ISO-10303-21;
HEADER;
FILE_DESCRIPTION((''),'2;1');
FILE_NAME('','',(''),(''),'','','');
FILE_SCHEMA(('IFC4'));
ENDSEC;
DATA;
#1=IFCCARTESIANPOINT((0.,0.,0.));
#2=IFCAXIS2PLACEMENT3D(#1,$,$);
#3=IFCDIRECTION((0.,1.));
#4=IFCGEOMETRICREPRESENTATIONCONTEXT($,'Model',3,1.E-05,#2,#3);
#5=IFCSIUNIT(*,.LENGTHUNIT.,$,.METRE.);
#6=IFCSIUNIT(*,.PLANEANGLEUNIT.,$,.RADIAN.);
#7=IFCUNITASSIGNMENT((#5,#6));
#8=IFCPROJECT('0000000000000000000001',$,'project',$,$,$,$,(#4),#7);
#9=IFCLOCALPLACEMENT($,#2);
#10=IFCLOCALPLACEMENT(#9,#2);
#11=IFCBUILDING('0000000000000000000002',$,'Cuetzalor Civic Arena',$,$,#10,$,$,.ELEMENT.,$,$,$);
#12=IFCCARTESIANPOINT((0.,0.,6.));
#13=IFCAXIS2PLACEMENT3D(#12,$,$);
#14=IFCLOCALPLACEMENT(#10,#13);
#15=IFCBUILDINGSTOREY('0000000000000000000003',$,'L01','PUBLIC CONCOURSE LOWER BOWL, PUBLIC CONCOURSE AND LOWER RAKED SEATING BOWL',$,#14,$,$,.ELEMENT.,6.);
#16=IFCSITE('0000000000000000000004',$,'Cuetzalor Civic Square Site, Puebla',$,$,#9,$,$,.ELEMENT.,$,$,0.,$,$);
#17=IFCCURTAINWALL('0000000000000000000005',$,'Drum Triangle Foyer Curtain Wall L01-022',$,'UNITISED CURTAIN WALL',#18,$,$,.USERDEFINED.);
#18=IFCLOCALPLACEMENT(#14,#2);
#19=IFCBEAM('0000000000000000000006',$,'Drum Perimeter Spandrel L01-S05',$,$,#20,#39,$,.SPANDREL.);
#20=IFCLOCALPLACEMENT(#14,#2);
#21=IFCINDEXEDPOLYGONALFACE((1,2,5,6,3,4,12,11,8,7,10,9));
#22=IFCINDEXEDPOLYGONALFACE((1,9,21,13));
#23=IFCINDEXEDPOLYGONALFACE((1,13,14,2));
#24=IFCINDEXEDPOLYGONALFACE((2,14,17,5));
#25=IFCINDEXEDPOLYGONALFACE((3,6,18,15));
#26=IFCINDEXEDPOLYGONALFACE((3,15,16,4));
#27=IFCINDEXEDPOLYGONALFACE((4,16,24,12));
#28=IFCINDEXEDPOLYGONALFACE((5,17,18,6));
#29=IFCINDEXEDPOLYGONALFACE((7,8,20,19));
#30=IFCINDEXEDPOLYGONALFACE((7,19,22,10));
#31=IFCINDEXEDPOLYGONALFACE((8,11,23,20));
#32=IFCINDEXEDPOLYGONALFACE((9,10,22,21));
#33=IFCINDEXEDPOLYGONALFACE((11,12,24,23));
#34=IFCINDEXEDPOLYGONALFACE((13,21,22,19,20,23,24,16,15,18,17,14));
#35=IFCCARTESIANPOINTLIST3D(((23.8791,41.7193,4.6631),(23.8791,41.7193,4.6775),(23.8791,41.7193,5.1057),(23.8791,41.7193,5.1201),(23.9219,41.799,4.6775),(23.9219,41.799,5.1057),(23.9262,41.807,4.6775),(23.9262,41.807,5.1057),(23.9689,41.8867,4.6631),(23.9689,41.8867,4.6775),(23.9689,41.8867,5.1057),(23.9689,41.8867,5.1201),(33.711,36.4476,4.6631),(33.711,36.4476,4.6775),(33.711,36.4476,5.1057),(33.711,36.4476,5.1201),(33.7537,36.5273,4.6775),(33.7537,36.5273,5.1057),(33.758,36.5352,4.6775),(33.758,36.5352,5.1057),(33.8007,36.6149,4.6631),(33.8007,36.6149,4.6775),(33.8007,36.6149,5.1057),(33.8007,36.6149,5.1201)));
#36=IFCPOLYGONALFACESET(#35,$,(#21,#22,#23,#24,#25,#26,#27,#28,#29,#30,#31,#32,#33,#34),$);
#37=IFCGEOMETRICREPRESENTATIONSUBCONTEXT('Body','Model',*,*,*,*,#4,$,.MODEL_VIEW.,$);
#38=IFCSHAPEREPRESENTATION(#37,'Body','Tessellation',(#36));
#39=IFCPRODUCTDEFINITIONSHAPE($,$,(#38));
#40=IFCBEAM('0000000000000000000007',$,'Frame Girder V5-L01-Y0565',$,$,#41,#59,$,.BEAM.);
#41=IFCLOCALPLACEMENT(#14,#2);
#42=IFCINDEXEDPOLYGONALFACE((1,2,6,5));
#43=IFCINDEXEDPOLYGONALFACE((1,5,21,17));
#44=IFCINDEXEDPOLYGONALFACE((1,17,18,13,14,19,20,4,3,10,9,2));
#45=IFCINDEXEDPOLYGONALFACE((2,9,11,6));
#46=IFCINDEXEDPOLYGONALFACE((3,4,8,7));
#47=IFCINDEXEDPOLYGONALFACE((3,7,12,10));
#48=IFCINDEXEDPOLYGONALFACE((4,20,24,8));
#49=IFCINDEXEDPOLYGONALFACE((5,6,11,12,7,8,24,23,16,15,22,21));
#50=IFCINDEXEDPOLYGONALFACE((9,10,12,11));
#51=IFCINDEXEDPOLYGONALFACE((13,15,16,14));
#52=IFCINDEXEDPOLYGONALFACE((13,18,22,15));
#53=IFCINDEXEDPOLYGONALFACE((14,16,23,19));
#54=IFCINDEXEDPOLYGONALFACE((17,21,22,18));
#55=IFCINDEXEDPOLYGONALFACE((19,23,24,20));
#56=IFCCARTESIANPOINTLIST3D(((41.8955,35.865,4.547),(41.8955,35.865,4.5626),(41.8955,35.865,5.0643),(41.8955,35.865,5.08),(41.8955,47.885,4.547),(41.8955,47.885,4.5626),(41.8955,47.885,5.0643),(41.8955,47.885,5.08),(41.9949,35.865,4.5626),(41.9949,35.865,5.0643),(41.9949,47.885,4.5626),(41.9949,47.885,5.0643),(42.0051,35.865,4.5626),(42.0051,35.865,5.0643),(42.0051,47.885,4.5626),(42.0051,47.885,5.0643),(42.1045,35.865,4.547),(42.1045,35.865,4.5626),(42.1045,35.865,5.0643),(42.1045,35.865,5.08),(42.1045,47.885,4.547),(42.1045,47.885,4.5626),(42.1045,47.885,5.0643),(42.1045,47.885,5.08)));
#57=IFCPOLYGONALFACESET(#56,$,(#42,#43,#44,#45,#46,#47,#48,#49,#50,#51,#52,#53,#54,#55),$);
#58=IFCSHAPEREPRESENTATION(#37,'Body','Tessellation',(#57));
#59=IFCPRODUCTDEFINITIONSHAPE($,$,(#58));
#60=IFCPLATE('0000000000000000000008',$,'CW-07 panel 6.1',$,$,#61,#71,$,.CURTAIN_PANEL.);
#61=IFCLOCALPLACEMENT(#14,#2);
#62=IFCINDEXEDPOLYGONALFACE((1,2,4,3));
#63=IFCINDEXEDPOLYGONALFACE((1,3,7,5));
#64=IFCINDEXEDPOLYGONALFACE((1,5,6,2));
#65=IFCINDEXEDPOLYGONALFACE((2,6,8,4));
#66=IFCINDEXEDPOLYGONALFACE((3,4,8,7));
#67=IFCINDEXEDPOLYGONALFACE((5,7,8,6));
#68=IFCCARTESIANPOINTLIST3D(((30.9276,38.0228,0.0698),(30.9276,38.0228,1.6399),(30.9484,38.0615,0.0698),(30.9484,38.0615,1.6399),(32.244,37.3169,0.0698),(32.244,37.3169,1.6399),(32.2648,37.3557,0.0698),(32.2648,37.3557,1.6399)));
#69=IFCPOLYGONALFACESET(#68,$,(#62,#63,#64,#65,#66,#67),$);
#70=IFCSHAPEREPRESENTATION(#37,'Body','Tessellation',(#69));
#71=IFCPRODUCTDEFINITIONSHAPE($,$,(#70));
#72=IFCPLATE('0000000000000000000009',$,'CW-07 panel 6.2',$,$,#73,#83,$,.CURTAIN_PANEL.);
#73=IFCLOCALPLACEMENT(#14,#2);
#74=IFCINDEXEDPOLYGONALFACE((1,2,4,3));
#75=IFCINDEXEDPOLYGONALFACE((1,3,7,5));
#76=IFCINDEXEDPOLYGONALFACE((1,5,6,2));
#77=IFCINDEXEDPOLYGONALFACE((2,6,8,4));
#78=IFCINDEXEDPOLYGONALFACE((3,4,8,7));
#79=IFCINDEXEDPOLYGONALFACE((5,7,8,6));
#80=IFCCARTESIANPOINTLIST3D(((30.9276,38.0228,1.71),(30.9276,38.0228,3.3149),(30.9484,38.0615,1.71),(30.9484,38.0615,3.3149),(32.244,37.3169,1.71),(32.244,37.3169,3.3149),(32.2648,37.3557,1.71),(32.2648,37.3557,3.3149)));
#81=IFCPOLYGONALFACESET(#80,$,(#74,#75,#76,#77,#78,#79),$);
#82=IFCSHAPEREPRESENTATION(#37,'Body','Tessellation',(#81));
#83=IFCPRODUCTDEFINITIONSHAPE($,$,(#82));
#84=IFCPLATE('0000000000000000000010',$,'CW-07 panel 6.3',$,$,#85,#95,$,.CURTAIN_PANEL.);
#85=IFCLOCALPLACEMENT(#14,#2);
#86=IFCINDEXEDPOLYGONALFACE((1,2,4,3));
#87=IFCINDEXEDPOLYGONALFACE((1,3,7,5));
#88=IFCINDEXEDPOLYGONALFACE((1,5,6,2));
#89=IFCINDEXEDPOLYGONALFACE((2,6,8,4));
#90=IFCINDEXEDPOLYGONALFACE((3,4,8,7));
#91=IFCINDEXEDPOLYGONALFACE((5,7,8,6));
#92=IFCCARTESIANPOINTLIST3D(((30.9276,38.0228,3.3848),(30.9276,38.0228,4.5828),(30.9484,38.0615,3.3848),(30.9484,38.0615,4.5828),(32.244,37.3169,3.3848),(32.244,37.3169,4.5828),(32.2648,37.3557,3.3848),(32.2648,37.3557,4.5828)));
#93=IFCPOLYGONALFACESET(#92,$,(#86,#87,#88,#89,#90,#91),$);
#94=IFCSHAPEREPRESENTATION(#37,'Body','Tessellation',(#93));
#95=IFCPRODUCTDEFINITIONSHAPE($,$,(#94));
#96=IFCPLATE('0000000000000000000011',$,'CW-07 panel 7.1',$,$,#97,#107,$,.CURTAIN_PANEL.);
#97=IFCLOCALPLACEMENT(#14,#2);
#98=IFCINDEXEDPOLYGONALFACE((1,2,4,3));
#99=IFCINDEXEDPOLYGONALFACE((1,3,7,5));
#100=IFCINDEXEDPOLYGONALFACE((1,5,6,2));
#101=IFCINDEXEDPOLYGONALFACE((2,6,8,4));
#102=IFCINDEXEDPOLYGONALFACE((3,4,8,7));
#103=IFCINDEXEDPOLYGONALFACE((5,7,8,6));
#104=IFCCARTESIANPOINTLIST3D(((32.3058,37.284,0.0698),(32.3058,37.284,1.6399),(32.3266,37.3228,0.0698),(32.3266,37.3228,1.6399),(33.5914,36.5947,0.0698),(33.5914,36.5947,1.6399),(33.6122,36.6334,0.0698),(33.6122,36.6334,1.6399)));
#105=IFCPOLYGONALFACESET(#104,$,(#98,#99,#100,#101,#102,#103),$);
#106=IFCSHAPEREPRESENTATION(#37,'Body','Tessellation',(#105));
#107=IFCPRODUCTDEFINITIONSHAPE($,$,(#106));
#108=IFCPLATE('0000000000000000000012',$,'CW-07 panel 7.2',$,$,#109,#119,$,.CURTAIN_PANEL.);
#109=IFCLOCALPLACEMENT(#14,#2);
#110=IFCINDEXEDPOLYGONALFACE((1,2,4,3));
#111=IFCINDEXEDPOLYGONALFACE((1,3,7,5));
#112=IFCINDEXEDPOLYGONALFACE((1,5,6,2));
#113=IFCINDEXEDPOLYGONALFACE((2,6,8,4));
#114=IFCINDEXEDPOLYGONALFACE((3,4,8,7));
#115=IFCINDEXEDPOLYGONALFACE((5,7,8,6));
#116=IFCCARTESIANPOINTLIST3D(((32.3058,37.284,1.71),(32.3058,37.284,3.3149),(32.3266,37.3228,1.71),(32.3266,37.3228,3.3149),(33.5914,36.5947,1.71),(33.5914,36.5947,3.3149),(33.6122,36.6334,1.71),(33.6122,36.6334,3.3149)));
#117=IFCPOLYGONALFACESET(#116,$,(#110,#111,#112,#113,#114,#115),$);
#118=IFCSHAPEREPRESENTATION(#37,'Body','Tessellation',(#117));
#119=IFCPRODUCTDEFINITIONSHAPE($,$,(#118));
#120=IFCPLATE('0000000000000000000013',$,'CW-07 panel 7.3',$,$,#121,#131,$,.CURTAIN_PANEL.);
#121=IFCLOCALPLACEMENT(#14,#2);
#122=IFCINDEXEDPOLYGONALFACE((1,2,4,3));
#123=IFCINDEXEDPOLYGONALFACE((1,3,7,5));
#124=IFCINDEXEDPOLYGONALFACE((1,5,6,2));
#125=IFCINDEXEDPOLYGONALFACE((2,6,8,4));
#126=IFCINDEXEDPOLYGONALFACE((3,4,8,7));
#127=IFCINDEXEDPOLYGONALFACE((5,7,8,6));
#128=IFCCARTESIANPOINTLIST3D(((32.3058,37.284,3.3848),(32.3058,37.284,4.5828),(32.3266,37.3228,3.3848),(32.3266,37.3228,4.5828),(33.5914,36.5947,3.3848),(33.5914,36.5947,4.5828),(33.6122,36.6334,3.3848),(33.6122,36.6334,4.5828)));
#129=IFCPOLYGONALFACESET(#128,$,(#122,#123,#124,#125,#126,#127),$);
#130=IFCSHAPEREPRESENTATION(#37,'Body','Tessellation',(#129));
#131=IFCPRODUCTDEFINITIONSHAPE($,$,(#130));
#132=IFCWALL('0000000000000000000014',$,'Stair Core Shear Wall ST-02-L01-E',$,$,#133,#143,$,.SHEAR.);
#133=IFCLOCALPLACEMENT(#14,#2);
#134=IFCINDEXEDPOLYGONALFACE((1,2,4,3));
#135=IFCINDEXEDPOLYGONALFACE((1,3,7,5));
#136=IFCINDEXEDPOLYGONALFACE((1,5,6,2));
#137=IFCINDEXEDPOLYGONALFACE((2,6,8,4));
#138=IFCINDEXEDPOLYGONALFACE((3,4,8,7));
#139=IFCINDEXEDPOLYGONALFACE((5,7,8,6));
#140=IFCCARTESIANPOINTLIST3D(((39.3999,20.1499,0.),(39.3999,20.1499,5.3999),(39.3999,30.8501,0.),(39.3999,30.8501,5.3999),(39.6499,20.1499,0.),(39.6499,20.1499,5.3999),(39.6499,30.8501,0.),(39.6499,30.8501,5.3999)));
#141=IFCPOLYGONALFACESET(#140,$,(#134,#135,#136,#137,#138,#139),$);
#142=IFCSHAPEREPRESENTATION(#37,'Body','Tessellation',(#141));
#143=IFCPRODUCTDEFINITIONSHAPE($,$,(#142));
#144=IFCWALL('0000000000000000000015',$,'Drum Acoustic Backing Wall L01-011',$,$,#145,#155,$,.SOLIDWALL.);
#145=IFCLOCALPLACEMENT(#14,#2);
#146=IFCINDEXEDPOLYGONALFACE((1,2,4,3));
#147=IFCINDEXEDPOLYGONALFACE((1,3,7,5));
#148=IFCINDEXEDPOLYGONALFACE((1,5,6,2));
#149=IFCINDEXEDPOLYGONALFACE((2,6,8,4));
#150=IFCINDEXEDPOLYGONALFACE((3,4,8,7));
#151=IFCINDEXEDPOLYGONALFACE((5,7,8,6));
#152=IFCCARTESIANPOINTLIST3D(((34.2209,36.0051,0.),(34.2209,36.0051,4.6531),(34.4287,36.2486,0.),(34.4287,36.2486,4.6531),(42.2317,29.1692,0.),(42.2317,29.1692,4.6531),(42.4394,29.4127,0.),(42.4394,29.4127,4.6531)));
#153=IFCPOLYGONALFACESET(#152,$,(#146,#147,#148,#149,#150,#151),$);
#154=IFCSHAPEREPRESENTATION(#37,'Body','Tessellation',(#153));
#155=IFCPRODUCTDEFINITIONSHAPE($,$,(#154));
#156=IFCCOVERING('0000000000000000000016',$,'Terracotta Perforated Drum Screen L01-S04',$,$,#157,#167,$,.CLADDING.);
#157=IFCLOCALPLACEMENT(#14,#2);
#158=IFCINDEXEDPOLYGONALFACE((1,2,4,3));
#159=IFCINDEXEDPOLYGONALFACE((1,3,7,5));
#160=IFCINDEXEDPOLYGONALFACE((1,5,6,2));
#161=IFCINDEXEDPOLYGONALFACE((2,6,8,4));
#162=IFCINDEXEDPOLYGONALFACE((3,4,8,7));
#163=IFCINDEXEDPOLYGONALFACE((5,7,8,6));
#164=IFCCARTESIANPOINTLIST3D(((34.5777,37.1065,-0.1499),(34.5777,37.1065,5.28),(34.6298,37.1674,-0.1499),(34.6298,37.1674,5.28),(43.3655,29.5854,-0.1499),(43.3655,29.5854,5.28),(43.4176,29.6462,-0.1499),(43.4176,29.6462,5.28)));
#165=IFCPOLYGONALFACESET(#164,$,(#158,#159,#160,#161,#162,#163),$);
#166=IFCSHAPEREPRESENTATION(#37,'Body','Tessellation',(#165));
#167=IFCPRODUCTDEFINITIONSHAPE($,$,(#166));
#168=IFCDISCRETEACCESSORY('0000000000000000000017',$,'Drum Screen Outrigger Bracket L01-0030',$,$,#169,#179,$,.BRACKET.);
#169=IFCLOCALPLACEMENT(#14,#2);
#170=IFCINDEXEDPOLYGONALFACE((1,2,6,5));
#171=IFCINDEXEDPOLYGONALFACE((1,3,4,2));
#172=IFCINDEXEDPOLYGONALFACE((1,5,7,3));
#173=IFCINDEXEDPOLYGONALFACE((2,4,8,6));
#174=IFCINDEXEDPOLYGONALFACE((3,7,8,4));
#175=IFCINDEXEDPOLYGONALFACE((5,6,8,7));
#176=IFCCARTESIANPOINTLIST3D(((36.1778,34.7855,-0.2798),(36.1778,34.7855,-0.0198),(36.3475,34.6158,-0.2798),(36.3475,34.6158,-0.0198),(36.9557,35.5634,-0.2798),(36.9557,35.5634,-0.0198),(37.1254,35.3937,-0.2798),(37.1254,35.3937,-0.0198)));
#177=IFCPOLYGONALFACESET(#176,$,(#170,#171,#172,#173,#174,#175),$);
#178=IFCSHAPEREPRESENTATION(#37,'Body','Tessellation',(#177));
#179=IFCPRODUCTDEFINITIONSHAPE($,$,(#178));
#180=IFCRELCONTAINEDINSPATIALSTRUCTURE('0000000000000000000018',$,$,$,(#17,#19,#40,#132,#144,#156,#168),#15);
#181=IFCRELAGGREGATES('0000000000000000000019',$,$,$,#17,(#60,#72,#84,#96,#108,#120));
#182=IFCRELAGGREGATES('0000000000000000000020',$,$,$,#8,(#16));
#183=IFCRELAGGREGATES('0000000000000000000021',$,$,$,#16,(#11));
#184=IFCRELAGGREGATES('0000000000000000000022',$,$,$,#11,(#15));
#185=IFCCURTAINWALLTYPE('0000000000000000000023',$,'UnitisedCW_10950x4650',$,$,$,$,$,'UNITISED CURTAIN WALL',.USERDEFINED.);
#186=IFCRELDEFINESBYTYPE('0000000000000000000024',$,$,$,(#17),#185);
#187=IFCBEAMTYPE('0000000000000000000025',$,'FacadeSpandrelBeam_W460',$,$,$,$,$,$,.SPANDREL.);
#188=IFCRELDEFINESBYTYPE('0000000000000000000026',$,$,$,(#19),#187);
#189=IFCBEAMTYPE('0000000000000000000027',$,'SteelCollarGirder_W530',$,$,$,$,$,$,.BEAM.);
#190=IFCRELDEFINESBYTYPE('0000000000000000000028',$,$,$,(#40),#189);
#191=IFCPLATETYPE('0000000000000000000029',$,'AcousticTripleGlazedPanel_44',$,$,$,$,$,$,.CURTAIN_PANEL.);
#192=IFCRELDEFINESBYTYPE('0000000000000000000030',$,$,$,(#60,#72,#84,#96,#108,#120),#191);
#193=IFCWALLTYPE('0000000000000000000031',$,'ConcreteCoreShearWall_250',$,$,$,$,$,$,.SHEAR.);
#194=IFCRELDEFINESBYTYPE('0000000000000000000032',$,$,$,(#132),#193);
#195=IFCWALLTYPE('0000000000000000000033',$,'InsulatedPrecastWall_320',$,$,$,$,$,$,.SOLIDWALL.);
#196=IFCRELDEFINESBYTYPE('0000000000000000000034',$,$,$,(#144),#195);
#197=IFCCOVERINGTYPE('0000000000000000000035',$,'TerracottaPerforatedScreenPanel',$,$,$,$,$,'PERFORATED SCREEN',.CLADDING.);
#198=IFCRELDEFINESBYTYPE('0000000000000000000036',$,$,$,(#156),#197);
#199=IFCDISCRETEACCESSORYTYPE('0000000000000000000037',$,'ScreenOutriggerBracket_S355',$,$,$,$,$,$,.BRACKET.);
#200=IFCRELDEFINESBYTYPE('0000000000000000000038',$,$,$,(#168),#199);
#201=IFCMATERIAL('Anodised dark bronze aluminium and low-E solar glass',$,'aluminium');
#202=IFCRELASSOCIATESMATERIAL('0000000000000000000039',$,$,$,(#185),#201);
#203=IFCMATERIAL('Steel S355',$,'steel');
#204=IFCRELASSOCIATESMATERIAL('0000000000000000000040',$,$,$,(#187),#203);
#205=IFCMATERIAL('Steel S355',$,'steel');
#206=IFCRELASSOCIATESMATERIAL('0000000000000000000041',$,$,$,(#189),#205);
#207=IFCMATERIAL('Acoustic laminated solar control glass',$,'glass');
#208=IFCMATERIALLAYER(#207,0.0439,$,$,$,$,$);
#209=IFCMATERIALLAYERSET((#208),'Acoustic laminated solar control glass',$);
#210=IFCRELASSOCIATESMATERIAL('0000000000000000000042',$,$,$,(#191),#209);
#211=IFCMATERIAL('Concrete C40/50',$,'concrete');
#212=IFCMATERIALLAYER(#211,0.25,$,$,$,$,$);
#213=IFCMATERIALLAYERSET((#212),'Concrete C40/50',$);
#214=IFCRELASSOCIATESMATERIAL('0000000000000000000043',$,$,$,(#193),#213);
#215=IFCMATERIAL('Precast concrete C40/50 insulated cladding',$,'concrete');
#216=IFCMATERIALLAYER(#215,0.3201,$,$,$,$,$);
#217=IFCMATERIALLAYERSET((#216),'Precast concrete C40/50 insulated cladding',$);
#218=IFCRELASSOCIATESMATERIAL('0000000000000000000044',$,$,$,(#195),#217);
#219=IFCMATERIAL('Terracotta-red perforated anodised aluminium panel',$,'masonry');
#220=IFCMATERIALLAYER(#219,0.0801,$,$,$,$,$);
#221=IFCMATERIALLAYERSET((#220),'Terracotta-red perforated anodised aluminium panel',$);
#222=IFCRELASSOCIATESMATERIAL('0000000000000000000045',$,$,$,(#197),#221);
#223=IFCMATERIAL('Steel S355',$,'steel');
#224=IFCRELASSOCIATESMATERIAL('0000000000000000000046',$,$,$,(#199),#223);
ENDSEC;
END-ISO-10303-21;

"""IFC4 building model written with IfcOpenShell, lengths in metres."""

from ifc_helpers import new_model, si_unit, direction, frame, frame_2d, origin, origin_2d, place, context, subcontext, project, spatial, rectangle, i_section, extrude, material, layer, layer_set, material_profile, profile_set, type_object, element, aggregate, save


model = new_model("IFC4")

# Units and contexts
model_context = context("Model", 3, precision=1e-05, world=origin(), true_north=direction((0.0, 1.0)))
body_context = subcontext(model_context, "Body", "Model", "MODEL_VIEW")
ifc_project = project(units=[si_unit("LENGTHUNIT", "METRE"), si_unit("PLANEANGLEUNIT", "RADIAN")], contexts=[model_context])

# Site, building, storey
site_placement = place(None, origin())
site = spatial("IfcSite", under=ifc_project, at=site_placement, Name="Cuetzalor Civic Square Site, Puebla", CompositionType="ELEMENT", RefElevation=0.0)
building_placement = place(site_placement, origin())
building = spatial("IfcBuilding", under=site, at=building_placement, Name="Cuetzalor Civic Arena", CompositionType="ELEMENT")
storey_placement = place(building_placement, frame((0.0, 0.0, 6.0)))
storey = spatial("IfcBuildingStorey", under=building, at=storey_placement, Name="L01", Description="PUBLIC CONCOURSE LOWER BOWL, PUBLIC CONCOURSE AND LOWER RAKED SEATING BOWL", CompositionType="ELEMENT", Elevation=6.0)

# Curtain wall
ifc_material_1 = material(Name="Anodised dark bronze aluminium and low-E solar glass", Category="aluminium")
curtain_wall_type = type_object("IfcCurtainWallType", Name="UnitisedCW_10950x4650", ElementType="UNITISED CURTAIN WALL", PredefinedType="USERDEFINED", material=ifc_material_1)
curtain_wall_placement = place(storey_placement, origin())
curtain_wall = element("IfcCurtainWall", 1, at=curtain_wall_placement, inside=storey, type_object=curtain_wall_type, Name="Drum Triangle Foyer Curtain Wall L01-022", ObjectType="UNITISED CURTAIN WALL", PredefinedType="USERDEFINED")

# Beams
ifc_material_2 = material(Name="Steel S355", Category="steel")
ifc_material_profile_1 = material_profile(ifc_material_2, i_section(OverallWidth=0.1899, OverallDepth=0.457, WebThickness=0.009, FlangeThickness=0.0144, at=origin_2d()), Name="W460x74")
ifc_profile_set_1 = profile_set([ifc_material_profile_1], Name="Steel S355")
beam_type_1 = type_object("IfcBeamType", Name="FacadeSpandrelBeam_W460", PredefinedType="SPANDREL", material=ifc_profile_set_1)
beam_1_placement = place(storey_placement, frame((33.7559, 36.5312, 4.8916), z_axis=(-0.881305, 0.472549, 0.0), x_axis=(-0.472549, -0.881305, 0.0)))
element("IfcBeam", 2, at=beam_1_placement, inside=storey, type_object=beam_type_1, Name="Drum Perimeter Spandrel L01-S05", PredefinedType="SPANDREL", context=body_context, shape_type="SweptSolid", body=[
    extrude(i_section(OverallWidth=0.1899, OverallDepth=0.457, WebThickness=0.009, FlangeThickness=0.0144, at=origin_2d()), origin(), (0.0, 0.0, 1.0), 11.156),
])
ifc_material_3 = material(Name="Steel S355", Category="steel")
ifc_material_profile_2 = material_profile(ifc_material_3, i_section(OverallWidth=0.209, OverallDepth=0.533, WebThickness=0.0103, FlangeThickness=0.0156, at=origin_2d()), Name="W530x92")
ifc_profile_set_2 = profile_set([ifc_material_profile_2], Name="Steel S355")
beam_type_2 = type_object("IfcBeamType", Name="SteelCollarGirder_W530", PredefinedType="BEAM", material=ifc_profile_set_2)
beam_2_placement = place(storey_placement, frame((42.0, 35.865, 4.8135), z_axis=(0.0, 1.0, 0.0), x_axis=(-1.0, 0.0, 0.0)))
element("IfcBeam", 3, at=beam_2_placement, inside=storey, type_object=beam_type_2, Name="Frame Girder V5-L01-Y0565", PredefinedType="BEAM", context=body_context, shape_type="SweptSolid", body=[
    extrude(i_section(OverallWidth=0.209, OverallDepth=0.533, WebThickness=0.0103, FlangeThickness=0.0156, at=origin_2d()), origin(), (0.0, 0.0, 1.0), 12.02),
])

# Plates
ifc_material_4 = material(Name="Acoustic laminated solar control glass", Category="glass")
ifc_layer_1 = layer(ifc_material_4, 0.0439)
ifc_layer_set_1 = layer_set([ifc_layer_1], Name="Acoustic laminated solar control glass")
plate_type = type_object("IfcPlateType", Name="AcousticTripleGlazedPanel_44", PredefinedType="CURTAIN_PANEL", material=ifc_layer_set_1)
plate_1_placement = place(storey_placement, frame((31.5962, 37.6892, 0.0698), z_axis=(0.0, 0.0, 1.0), x_axis=(0.881306, -0.472545, 0.0)))
plate_1 = element("IfcPlate", 4, at=plate_1_placement, type_object=plate_type, Name="CW-07 panel 6.1", PredefinedType="CURTAIN_PANEL", context=body_context, shape_type="SweptSolid", body=[
    extrude(rectangle(XDim=1.4937, YDim=0.0439, at=origin_2d()), origin(), (0.0, 0.0, 1.0), 1.5701),
])
plate_2_placement = place(storey_placement, frame((31.5962, 37.6892, 1.71), z_axis=(0.0, 0.0, 1.0), x_axis=(0.881306, -0.472545, 0.0)))
plate_2 = element("IfcPlate", 5, at=plate_2_placement, type_object=plate_type, Name="CW-07 panel 6.2", PredefinedType="CURTAIN_PANEL", context=body_context, shape_type="SweptSolid", body=[
    extrude(rectangle(XDim=1.4937, YDim=0.0439, at=origin_2d()), origin(), (0.0, 0.0, 1.0), 1.605),
])
plate_3_placement = place(storey_placement, frame((31.5962, 37.6892, 3.3848), z_axis=(0.0, 0.0, 1.0), x_axis=(0.881306, -0.472545, 0.0)))
plate_3 = element("IfcPlate", 6, at=plate_3_placement, type_object=plate_type, Name="CW-07 panel 6.3", PredefinedType="CURTAIN_PANEL", context=body_context, shape_type="SweptSolid", body=[
    extrude(rectangle(XDim=1.4937, YDim=0.0439, at=origin_2d()), origin(), (0.0, 0.0, 1.0), 1.198),
])
plate_4_placement = place(storey_placement, frame((32.959, 36.9587, 0.0698), z_axis=(0.0, 0.0, 1.0), x_axis=(0.881306, -0.472545, 0.0)))
plate_4 = element("IfcPlate", 7, at=plate_4_placement, type_object=plate_type, Name="CW-07 panel 7.1", PredefinedType="CURTAIN_PANEL", context=body_context, shape_type="SweptSolid", body=[
    extrude(rectangle(XDim=1.4587, YDim=0.0439, at=origin_2d()), origin(), (0.0, 0.0, 1.0), 1.5701),
])
plate_5_placement = place(storey_placement, frame((32.959, 36.9587, 1.71), z_axis=(0.0, 0.0, 1.0), x_axis=(0.881306, -0.472545, 0.0)))
plate_5 = element("IfcPlate", 8, at=plate_5_placement, type_object=plate_type, Name="CW-07 panel 7.2", PredefinedType="CURTAIN_PANEL", context=body_context, shape_type="SweptSolid", body=[
    extrude(rectangle(XDim=1.4587, YDim=0.0439, at=origin_2d()), origin(), (0.0, 0.0, 1.0), 1.605),
])
plate_6_placement = place(storey_placement, frame((32.959, 36.9587, 3.3848), z_axis=(0.0, 0.0, 1.0), x_axis=(0.881306, -0.472545, 0.0)))
plate_6 = element("IfcPlate", 9, at=plate_6_placement, type_object=plate_type, Name="CW-07 panel 7.3", PredefinedType="CURTAIN_PANEL", context=body_context, shape_type="SweptSolid", body=[
    extrude(rectangle(XDim=1.4587, YDim=0.0439, at=origin_2d()), origin(), (0.0, 0.0, 1.0), 1.198),
])
aggregate(curtain_wall, [plate_1, plate_2, plate_3, plate_4, plate_5, plate_6])

# Walls
ifc_material_5 = material(Name="Concrete C40/50", Category="concrete")
ifc_layer_2 = layer(ifc_material_5, 0.25)
ifc_layer_set_2 = layer_set([ifc_layer_2], Name="Concrete C40/50")
wall_type_1 = type_object("IfcWallType", Name="ConcreteCoreShearWall_250", PredefinedType="SHEAR", material=ifc_layer_set_2)
wall_1_placement = place(storey_placement, frame((39.5249, 30.8501, 0.0), z_axis=(0.0, 0.0, 1.0), x_axis=(0.0, -1.0, 0.0)))
element("IfcWall", 10, at=wall_1_placement, inside=storey, type_object=wall_type_1, Name="Stair Core Shear Wall ST-02-L01-E", PredefinedType="SHEAR", context=body_context, shape_type="SweptSolid", body=[
    extrude(rectangle(XDim=10.7002, YDim=0.25, at=frame_2d((5.3501, 0.0))), origin(), (0.0, 0.0, 1.0), 5.3999),
])
ifc_material_6 = material(Name="Precast concrete C40/50 insulated cladding", Category="concrete")
ifc_layer_3 = layer(ifc_material_6, 0.3201)
ifc_layer_set_3 = layer_set([ifc_layer_3], Name="Precast concrete C40/50 insulated cladding")
wall_type_2 = type_object("IfcWallType", Name="InsulatedPrecastWall_320", PredefinedType="SOLIDWALL", material=ifc_layer_set_3)
wall_2_placement = place(storey_placement, frame((34.3247, 36.127, 0.0), z_axis=(0.0, 0.0, 1.0), x_axis=(0.760682, -0.649125, 0.0)))
element("IfcWall", 11, at=wall_2_placement, inside=storey, type_object=wall_type_2, Name="Drum Acoustic Backing Wall L01-011", PredefinedType="SOLIDWALL", context=body_context, shape_type="SweptSolid", body=[
    extrude(rectangle(XDim=10.531, YDim=0.3201, at=frame_2d((5.2656, 0.0))), origin(), (0.0, 0.0, 1.0), 4.6531),
])

# Covering
ifc_material_7 = material(Name="Terracotta-red perforated anodised aluminium panel", Category="masonry")
ifc_layer_4 = layer(ifc_material_7, 0.0801)
ifc_layer_set_4 = layer_set([ifc_layer_4], Name="Terracotta-red perforated anodised aluminium panel")
covering_type = type_object("IfcCoveringType", Name="TerracottaPerforatedScreenPanel", ElementType="PERFORATED SCREEN", PredefinedType="CLADDING", material=ifc_layer_set_4)
covering_placement = place(storey_placement, frame((34.6038, 37.137, -0.1499), z_axis=(0.0, 0.0, 1.0), x_axis=(0.759735, -0.650233, 0.0)))
element("IfcCovering", 12, at=covering_placement, inside=storey, type_object=covering_type, Name="Terracotta Perforated Drum Screen L01-S04", PredefinedType="CLADDING", context=body_context, shape_type="SweptSolid", body=[
    extrude(rectangle(XDim=11.5669, YDim=0.0801, at=frame_2d((5.7834, 0.0))), origin(), (0.0, 0.0, 1.0), 5.4299),
])

# Discrete accessory
ifc_material_8 = material(Name="Steel S355", Category="steel")
discrete_accessory_type = type_object("IfcDiscreteAccessoryType", Name="ScreenOutriggerBracket_S355", PredefinedType="BRACKET", material=ifc_material_8)
for number, where, z_axis, x_axis, name in (
    (13, (36.6516, 35.0896, -0.2798), (0.0, 0.0, 1.0), (0.707107, 0.707107, 0.0), "Drum Screen Outrigger Bracket L01-0030"),
):
    element("IfcDiscreteAccessory", number, at=place(storey_placement, frame(where, z_axis=z_axis, x_axis=x_axis)), inside=storey, type_object=discrete_accessory_type, Name=name, PredefinedType="BRACKET", context=body_context, shape_type="SweptSolid", body=[
        extrude(rectangle(XDim=1.1001, YDim=0.24, at=origin_2d()), origin(), (0.0, 0.0, 1.0), 0.26),
    ])

save(model, "model.ifc")
